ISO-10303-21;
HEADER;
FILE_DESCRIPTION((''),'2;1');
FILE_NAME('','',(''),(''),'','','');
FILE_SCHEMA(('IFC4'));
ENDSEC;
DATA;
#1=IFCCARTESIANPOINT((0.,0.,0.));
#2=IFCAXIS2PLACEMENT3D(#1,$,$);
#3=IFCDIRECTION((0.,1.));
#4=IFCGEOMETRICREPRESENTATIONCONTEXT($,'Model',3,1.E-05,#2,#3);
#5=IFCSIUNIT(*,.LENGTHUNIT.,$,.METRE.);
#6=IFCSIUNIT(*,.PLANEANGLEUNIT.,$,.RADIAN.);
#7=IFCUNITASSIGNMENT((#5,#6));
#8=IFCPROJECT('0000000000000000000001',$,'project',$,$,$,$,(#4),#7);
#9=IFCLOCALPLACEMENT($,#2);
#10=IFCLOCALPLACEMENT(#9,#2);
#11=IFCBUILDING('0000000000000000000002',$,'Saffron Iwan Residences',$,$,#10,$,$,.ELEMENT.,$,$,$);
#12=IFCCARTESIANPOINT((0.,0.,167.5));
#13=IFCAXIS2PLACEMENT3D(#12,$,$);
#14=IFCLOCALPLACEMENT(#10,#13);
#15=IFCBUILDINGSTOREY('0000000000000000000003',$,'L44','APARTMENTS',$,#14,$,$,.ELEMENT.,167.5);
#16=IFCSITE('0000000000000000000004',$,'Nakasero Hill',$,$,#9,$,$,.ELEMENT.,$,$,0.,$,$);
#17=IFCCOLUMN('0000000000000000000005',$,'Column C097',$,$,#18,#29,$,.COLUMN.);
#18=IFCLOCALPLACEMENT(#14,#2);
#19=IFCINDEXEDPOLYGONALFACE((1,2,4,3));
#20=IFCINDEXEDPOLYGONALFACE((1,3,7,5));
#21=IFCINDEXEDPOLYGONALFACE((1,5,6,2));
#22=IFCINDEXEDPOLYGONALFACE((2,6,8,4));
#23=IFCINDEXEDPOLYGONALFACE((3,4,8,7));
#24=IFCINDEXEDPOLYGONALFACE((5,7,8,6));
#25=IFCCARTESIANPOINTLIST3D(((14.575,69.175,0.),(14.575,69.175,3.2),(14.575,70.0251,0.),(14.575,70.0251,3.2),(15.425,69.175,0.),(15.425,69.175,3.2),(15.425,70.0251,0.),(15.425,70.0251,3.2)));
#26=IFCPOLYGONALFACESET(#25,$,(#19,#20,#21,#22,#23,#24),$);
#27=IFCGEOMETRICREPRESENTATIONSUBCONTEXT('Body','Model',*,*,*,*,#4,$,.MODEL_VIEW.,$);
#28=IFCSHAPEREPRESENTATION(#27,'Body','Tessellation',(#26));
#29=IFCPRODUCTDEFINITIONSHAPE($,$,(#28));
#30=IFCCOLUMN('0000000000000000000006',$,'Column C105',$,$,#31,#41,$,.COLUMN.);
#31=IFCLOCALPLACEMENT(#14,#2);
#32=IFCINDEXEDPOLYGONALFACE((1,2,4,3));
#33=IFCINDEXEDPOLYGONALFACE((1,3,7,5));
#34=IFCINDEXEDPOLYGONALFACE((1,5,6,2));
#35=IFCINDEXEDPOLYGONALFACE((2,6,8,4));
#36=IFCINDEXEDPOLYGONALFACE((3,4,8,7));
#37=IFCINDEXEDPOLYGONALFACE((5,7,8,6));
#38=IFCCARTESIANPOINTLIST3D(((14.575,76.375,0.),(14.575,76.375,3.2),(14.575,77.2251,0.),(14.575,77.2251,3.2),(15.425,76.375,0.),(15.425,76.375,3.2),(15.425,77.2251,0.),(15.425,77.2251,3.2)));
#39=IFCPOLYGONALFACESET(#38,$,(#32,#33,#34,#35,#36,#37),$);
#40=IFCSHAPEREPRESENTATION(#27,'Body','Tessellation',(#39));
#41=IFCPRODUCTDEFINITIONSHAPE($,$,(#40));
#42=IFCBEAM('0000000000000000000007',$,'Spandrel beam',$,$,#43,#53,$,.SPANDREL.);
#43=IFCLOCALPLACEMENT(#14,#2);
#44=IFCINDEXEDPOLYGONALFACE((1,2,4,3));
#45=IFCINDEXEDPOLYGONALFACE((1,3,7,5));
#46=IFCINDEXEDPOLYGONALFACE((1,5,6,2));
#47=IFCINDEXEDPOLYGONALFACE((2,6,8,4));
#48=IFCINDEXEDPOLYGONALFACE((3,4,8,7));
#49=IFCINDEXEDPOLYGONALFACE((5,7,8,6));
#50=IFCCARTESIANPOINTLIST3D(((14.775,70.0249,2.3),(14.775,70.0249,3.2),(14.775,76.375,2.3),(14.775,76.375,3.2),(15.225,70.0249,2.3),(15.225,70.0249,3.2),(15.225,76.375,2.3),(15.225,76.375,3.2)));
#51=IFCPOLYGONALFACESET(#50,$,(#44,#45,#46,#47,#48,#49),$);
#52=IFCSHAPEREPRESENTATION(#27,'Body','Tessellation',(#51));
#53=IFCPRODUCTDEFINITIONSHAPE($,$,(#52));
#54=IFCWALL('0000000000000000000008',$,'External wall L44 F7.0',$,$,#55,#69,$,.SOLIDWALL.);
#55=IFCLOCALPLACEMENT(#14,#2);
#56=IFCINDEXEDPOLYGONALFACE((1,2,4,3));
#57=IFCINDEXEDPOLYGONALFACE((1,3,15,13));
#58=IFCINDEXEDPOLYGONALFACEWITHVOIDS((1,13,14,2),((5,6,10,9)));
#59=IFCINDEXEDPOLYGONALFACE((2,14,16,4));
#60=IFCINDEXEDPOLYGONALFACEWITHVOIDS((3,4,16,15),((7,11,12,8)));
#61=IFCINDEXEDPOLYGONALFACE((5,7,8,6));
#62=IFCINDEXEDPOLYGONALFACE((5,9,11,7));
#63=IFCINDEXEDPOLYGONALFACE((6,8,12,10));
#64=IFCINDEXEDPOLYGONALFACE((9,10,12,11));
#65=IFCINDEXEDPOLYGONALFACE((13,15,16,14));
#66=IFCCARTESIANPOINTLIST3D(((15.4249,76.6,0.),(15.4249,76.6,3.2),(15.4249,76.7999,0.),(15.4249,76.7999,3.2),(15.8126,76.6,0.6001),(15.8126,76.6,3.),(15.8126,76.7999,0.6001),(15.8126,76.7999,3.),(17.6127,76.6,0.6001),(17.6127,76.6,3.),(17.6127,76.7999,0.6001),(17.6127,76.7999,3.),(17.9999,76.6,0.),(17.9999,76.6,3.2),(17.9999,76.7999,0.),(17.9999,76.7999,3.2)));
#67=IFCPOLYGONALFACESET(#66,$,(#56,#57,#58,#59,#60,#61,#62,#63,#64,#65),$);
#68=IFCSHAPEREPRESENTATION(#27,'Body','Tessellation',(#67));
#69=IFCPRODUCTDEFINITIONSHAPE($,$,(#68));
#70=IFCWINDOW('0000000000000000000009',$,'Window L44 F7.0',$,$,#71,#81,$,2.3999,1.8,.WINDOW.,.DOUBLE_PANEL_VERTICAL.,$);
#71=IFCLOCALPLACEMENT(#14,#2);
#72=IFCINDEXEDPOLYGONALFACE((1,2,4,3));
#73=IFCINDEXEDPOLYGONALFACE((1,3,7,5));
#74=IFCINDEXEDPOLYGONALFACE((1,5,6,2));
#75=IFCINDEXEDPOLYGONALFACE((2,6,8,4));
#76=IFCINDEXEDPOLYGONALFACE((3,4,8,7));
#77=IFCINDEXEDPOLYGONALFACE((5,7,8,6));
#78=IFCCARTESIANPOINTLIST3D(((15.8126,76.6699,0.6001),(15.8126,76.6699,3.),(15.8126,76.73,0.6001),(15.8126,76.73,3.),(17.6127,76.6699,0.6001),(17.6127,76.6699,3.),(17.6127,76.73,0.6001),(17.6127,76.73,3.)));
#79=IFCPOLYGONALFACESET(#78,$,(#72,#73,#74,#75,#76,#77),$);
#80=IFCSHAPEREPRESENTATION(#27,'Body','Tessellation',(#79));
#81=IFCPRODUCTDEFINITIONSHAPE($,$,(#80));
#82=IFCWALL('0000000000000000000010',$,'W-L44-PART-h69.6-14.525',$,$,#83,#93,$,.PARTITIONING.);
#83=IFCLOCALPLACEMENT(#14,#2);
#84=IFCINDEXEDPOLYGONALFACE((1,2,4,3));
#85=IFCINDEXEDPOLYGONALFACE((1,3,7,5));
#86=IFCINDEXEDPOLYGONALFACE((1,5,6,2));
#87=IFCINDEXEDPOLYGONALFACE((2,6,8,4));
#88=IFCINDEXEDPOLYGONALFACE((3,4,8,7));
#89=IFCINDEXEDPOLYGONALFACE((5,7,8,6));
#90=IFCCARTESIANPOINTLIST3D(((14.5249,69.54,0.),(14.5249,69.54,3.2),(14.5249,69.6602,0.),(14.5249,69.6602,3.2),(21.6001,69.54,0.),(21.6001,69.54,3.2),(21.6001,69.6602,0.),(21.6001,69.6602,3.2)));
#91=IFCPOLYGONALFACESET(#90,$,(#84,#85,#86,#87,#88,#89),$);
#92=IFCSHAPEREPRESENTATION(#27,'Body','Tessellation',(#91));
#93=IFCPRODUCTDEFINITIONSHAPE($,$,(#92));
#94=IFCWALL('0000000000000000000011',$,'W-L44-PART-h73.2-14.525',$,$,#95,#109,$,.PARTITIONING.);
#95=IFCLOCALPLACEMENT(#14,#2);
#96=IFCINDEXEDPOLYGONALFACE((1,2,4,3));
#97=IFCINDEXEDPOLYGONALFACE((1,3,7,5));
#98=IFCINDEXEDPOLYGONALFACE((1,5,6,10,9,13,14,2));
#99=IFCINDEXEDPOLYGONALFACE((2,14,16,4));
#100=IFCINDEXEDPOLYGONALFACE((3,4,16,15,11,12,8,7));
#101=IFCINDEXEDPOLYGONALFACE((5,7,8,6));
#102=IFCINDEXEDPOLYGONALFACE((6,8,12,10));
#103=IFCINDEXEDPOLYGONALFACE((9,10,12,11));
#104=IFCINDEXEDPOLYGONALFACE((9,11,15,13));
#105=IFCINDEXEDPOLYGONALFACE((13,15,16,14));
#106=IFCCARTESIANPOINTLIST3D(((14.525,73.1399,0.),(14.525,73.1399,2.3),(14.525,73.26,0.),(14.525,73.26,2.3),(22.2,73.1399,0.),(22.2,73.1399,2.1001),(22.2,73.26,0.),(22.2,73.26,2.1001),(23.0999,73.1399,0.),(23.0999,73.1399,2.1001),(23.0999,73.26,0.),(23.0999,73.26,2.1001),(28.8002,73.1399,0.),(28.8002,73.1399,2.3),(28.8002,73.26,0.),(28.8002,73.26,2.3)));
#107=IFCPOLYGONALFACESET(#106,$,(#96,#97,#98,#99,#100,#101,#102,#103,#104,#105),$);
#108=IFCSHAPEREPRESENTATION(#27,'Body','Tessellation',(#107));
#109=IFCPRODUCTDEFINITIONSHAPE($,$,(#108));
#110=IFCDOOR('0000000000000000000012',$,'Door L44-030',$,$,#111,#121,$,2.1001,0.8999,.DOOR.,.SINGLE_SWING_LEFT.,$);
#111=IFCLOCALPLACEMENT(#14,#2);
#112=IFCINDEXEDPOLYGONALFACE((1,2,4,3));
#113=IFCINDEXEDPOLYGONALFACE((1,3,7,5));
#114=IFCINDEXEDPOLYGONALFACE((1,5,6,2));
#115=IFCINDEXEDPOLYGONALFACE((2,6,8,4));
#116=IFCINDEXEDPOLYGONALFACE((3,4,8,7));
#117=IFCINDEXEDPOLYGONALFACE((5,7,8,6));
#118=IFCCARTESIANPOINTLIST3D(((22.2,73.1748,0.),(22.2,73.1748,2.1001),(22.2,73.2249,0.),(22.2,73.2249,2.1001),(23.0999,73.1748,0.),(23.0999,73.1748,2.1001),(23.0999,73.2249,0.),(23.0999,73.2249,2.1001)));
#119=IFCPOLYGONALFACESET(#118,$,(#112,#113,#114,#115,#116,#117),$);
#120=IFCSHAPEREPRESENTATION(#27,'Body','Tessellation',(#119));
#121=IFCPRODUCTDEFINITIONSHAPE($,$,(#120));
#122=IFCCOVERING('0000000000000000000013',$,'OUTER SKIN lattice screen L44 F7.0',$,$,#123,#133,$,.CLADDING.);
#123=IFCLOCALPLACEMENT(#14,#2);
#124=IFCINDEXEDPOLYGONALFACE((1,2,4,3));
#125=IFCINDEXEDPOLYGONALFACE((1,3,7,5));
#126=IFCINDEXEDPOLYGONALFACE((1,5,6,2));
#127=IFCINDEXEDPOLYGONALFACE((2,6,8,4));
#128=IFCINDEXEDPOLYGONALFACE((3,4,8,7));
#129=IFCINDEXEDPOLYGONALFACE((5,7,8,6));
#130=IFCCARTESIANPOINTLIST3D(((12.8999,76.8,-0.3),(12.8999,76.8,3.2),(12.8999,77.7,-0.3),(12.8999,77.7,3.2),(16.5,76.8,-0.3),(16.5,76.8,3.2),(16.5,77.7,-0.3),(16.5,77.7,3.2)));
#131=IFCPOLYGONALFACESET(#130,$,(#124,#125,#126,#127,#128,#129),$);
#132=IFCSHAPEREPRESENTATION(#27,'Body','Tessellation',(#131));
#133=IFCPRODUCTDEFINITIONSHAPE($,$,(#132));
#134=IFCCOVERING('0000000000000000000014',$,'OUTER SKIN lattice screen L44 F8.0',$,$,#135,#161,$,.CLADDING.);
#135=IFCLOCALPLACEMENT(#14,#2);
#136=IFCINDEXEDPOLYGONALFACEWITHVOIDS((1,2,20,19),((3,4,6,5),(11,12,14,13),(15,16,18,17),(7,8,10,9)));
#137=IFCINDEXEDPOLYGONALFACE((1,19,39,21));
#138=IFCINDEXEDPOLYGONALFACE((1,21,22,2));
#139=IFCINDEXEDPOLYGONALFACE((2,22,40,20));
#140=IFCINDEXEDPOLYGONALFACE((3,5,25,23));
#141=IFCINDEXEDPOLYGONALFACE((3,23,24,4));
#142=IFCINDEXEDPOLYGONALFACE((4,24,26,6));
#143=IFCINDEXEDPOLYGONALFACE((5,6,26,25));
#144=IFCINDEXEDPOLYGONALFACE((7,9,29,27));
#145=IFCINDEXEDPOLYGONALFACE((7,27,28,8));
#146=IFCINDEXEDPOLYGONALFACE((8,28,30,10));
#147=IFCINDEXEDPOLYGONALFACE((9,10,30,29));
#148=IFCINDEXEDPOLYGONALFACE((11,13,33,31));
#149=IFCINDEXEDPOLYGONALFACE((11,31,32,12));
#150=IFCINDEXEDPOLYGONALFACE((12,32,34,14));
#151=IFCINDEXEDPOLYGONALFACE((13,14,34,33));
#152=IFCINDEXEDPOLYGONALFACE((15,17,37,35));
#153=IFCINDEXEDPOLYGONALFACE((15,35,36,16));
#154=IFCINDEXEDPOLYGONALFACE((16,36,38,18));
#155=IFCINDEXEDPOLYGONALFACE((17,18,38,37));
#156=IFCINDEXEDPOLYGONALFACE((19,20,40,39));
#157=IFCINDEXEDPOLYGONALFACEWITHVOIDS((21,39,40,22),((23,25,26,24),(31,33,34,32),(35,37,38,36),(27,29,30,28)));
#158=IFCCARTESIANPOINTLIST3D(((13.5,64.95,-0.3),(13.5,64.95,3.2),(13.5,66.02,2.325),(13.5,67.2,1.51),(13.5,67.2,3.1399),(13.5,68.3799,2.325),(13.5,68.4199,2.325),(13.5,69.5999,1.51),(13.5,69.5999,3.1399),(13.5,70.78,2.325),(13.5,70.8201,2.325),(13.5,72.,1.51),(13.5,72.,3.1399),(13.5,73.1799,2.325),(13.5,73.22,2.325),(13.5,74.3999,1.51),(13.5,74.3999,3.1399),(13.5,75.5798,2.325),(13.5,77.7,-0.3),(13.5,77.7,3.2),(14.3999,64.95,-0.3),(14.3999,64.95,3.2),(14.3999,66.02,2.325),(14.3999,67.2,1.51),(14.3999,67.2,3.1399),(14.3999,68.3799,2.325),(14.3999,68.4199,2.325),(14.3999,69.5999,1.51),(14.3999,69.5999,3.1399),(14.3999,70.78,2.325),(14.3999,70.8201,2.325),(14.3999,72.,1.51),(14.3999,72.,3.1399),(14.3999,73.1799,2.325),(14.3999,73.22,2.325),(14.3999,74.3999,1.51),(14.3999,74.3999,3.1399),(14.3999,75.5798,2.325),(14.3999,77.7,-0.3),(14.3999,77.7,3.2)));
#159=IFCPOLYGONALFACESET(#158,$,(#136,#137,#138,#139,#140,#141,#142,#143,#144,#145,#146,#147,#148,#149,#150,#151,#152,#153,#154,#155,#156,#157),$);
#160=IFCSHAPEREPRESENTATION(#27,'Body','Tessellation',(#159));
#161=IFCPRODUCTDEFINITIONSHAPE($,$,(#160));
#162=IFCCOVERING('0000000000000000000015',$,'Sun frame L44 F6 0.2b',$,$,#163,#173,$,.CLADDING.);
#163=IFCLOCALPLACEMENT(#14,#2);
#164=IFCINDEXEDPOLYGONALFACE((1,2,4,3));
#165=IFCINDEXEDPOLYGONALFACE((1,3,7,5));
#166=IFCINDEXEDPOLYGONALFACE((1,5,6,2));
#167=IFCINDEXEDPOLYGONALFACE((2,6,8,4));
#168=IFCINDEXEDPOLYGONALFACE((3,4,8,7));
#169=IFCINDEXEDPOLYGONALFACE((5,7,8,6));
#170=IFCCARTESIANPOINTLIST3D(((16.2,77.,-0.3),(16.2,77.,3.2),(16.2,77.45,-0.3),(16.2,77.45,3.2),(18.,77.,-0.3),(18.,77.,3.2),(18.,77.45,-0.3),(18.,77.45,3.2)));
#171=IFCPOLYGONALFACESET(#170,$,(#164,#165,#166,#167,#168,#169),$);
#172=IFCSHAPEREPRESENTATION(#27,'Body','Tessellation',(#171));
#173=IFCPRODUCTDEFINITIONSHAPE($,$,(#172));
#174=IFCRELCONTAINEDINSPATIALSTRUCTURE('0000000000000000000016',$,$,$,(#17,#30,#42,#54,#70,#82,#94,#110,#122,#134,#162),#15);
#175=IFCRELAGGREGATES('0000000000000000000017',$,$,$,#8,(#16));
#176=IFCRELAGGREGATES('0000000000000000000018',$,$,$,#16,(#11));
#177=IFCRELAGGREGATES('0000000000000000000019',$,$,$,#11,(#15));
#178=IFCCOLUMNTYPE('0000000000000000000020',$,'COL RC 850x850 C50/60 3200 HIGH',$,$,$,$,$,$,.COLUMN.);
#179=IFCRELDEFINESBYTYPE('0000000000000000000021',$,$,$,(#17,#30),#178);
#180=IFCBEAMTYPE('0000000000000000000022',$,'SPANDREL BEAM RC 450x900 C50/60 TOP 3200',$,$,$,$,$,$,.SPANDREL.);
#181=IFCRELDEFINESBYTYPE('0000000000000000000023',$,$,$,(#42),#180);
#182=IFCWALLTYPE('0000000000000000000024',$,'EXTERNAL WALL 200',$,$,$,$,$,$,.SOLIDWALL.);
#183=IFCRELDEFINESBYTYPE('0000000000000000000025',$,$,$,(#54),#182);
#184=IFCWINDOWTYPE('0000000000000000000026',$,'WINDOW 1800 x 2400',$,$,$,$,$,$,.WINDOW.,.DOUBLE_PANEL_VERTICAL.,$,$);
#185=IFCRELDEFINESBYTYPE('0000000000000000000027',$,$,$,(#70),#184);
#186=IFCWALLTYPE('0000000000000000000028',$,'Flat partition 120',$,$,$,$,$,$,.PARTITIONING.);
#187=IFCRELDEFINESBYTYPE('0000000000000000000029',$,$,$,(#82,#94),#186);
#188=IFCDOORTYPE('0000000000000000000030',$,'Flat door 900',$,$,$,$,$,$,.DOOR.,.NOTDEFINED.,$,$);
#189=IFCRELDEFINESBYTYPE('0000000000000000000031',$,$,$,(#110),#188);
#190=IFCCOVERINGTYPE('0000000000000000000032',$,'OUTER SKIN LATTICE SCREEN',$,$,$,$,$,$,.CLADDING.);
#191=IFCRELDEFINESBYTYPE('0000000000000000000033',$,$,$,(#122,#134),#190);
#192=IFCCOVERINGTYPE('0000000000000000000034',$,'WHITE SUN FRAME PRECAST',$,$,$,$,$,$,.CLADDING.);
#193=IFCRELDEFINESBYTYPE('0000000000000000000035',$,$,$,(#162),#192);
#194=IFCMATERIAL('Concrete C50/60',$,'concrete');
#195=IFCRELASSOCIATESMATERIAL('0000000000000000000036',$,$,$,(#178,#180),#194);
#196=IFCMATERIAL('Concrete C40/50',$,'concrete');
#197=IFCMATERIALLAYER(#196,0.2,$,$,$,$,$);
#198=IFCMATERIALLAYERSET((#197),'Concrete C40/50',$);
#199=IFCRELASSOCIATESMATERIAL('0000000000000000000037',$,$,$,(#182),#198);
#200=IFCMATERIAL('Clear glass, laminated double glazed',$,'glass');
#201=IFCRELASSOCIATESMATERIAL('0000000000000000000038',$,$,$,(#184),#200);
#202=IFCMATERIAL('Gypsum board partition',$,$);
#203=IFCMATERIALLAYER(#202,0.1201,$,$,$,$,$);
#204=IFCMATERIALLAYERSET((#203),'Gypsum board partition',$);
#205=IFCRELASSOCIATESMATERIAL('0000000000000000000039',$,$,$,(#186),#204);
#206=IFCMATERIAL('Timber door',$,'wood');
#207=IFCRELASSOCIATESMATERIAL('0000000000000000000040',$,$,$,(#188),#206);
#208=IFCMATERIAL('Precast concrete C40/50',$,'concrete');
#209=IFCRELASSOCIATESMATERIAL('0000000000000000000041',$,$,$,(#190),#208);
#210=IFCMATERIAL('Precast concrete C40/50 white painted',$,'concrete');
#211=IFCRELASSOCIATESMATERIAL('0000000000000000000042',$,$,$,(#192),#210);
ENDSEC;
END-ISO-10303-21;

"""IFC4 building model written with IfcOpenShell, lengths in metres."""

from ifc_helpers import new_model, si_unit, direction, frame, frame_2d, origin, origin_2d, place, context, subcontext, project, spatial, polyline, rectangle, outline, extrude, source, transform, mapped, material, layer, layer_set, material_profile, profile_set, type_object, element, fill, save


model = new_model("IFC4")

# Units and contexts
model_context = context("Model", 3, precision=1e-05, world=origin(), true_north=direction((0.0, 1.0)))
body_context = subcontext(model_context, "Body", "Model", "MODEL_VIEW")
ifc_project = project(units=[si_unit("LENGTHUNIT", "METRE"), si_unit("PLANEANGLEUNIT", "RADIAN")], contexts=[model_context])

# Site, building, storey
site_placement = place(None, origin())
site = spatial("IfcSite", under=ifc_project, at=site_placement, Name="Nakasero Hill", CompositionType="ELEMENT", RefElevation=0.0)
building_placement = place(site_placement, origin())
building = spatial("IfcBuilding", under=site, at=building_placement, Name="Saffron Iwan Residences", CompositionType="ELEMENT")
storey_placement = place(building_placement, frame((0.0, 0.0, 167.5)))
storey = spatial("IfcBuildingStorey", under=building, at=storey_placement, Name="L44", Description="APARTMENTS", CompositionType="ELEMENT", Elevation=167.5)

# Columns
ifc_material_1 = material(Name="Concrete C50/60", Category="concrete")
ifc_material_profile_1 = material_profile(ifc_material_1, rectangle(XDim=0.8501, YDim=0.8501, at=origin_2d()), Name="RC 850x850")
ifc_profile_set_1 = profile_set([ifc_material_profile_1], Name="Concrete C50/60")
column_type = type_object("IfcColumnType", Name="COL RC 850x850 C50/60 3200 HIGH", PredefinedType="COLUMN", material=ifc_profile_set_1)
shared_shape_1 = source(origin(), body_context, "Body", "SweptSolid", [
    extrude(rectangle(XDim=0.8501, YDim=0.8501, at=origin_2d()), origin(), (0.0, 0.0, 1.0), 3.2),
])
for number, where, z_axis, x_axis, name in (
    (1, (15.0, 69.6001, 0.0), (0.0, 0.0, 1.0), (1.0, 0.0, 0.0), "Column C097"),
    (2, (15.0, 76.8, 0.0), (0.0, 0.0, 1.0), (1.0, 0.0, 0.0), "Column C105"),
):
    element("IfcColumn", number, at=place(storey_placement, frame(where, z_axis=z_axis, x_axis=x_axis)), inside=storey, type_object=column_type, Name=name, PredefinedType="COLUMN", context=body_context, shape_type="MappedRepresentation", body=[
        mapped(shared_shape_1, transform((0.0, 0.0, 0.0))),
    ])

# Beam
ifc_material_profile_2 = material_profile(ifc_material_1, rectangle(XDim=0.45, YDim=0.8999, at=origin_2d()), Name="RC 450x900")
ifc_profile_set_2 = profile_set([ifc_material_profile_2], Name="Concrete C50/60")
beam_type = type_object("IfcBeamType", Name="SPANDREL BEAM RC 450x900 C50/60 TOP 3200", PredefinedType="SPANDREL", material=ifc_profile_set_2)
shared_shape_2 = source(origin(), body_context, "Body", "SweptSolid", [
    extrude(rectangle(XDim=0.45, YDim=0.8999, at=origin_2d()), origin(), (0.0, 0.0, 1.0), 6.3501),
])
beam_placement = place(storey_placement, frame((15.0, 70.0249, 2.75), z_axis=(0.0, 1.0, 0.0), x_axis=(-1.0, 0.0, 0.0)))
element("IfcBeam", 3, at=beam_placement, inside=storey, type_object=beam_type, Name="Spandrel beam", PredefinedType="SPANDREL", context=body_context, shape_type="MappedRepresentation", body=[
    mapped(shared_shape_2, transform((0.0, 0.0, 0.0))),
])

# Wall, opening, window
ifc_material_2 = material(Name="Concrete C40/50", Category="concrete")
ifc_layer_1 = layer(ifc_material_2, 0.2)
ifc_layer_set_1 = layer_set([ifc_layer_1], Name="Concrete C40/50")
wall_type_1 = type_object("IfcWallType", Name="EXTERNAL WALL 200", PredefinedType="SOLIDWALL", material=ifc_layer_set_1)
wall_1_placement = place(storey_placement, frame((18.0, 76.7, 0.0), z_axis=(0.0, 0.0, 1.0), x_axis=(-1.0, 0.0, 0.0)))
wall_1 = element("IfcWall", 4, at=wall_1_placement, inside=storey, type_object=wall_type_1, Name="External wall L44 F7.0", PredefinedType="SOLIDWALL", context=body_context, shape_type="SweptSolid", body=[
    extrude(rectangle(XDim=2.575, YDim=0.2, at=frame_2d((1.2876, 0.0))), origin(), (0.0, 0.0, 1.0), 3.2),
])
opening_1_placement = place(wall_1_placement, frame((0.3875, 0.0, 0.6001)))
opening_1 = element("IfcOpeningElement", 5, at=opening_1_placement, cuts=wall_1, PredefinedType="OPENING", context=body_context, shape_type="SweptSolid", body=[
    extrude(rectangle(XDim=1.8, YDim=2.3999, at=frame_2d((0.8999, 1.2))), frame((0.0, 0.1099, 0.0), z_axis=(0.0, -1.0, 0.0), x_axis=(1.0, 0.0, 0.0)), (0.0, 0.0, 1.0), 0.22),
])
ifc_material_3 = material(Name="Clear glass, laminated double glazed", Category="glass")
window_type_1 = type_object("IfcWindowType", Name="WINDOW 1800 x 2400", PartitioningType="DOUBLE_PANEL_VERTICAL", PredefinedType="WINDOW", material=ifc_material_3)
window_1_placement = place(opening_1_placement, origin())
window_1 = element("IfcWindow", 6, at=window_1_placement, inside=storey, type_object=window_type_1, Name="Window L44 F7.0", OverallHeight=2.3999, OverallWidth=1.8, PartitioningType="DOUBLE_PANEL_VERTICAL", PredefinedType="WINDOW", context=body_context, shape_type="SweptSolid", body=[
    extrude(rectangle(XDim=1.8, YDim=2.3999, at=frame_2d((0.8999, 1.2))), frame((0.0, 0.03, 0.0), z_axis=(0.0, -1.0, 0.0), x_axis=(1.0, 0.0, 0.0)), (0.0, 0.0, 1.0), 0.0601),
])
fill(opening_1, window_1)

# Wall
ifc_material_4 = material(Name="Gypsum board partition")
ifc_layer_2 = layer(ifc_material_4, 0.1201)
ifc_layer_set_2 = layer_set([ifc_layer_2], Name="Gypsum board partition")
wall_type_2 = type_object("IfcWallType", Name="Flat partition 120", PredefinedType="PARTITIONING", material=ifc_layer_set_2)
wall_2_placement = place(storey_placement, frame((14.5249, 69.6001, 0.0), z_axis=(0.0, 0.0, 1.0), x_axis=(1.0, 0.0, 0.0)))
element("IfcWall", 7, at=wall_2_placement, inside=storey, type_object=wall_type_2, Name="W-L44-PART-h69.6-14.525", PredefinedType="PARTITIONING", context=body_context, shape_type="SweptSolid", body=[
    extrude(rectangle(XDim=7.0752, YDim=0.1201, at=frame_2d((3.5376, 0.0))), origin(), (0.0, 0.0, 1.0), 3.2),
])

# Wall, opening, door
wall_3_placement = place(storey_placement, frame((14.5249, 73.2, 0.0), z_axis=(0.0, 0.0, 1.0), x_axis=(1.0, 0.0, 0.0)))
wall_3 = element("IfcWall", 8, at=wall_3_placement, inside=storey, type_object=wall_type_2, Name="W-L44-PART-h73.2-14.525", PredefinedType="PARTITIONING", context=body_context, shape_type="SweptSolid", body=[
    extrude(rectangle(XDim=14.2751, YDim=0.1201, at=frame_2d((7.1377, 0.0))), origin(), (0.0, 0.0, 1.0), 2.3),
])
opening_2_placement = place(wall_3_placement, frame((7.675, 0.0, 0.0)))
opening_2 = element("IfcOpeningElement", 9, at=opening_2_placement, cuts=wall_3, PredefinedType="OPENING", context=body_context, shape_type="SweptSolid", body=[
    extrude(rectangle(XDim=0.8999, YDim=2.1001, at=frame_2d((0.45, 1.05))), frame((0.0, 0.0701, 0.0), z_axis=(0.0, -1.0, 0.0), x_axis=(1.0, 0.0, 0.0)), (0.0, 0.0, 1.0), 0.1401),
])
ifc_material_5 = material(Name="Timber door", Category="wood")
door_type_1 = type_object("IfcDoorType", Name="Flat door 900", OperationType="NOTDEFINED", PredefinedType="DOOR", material=ifc_material_5)
door_1_placement = place(opening_2_placement, origin())
door_1 = element("IfcDoor", 10, at=door_1_placement, inside=storey, type_object=door_type_1, Name="Door L44-030", OperationType="SINGLE_SWING_LEFT", OverallHeight=2.1001, OverallWidth=0.8999, PredefinedType="DOOR", context=body_context, shape_type="SweptSolid", body=[
    extrude(rectangle(XDim=0.8999, YDim=2.1001, at=frame_2d((0.45, 1.05))), frame((0.0, 0.0249, 0.0), z_axis=(0.0, -1.0, 0.0), x_axis=(1.0, 0.0, 0.0)), (0.0, 0.0, 1.0), 0.05),
])
fill(opening_2, door_1)

# Coverings
ifc_material_6 = material(Name="Precast concrete C40/50", Category="concrete")
covering_type_1 = type_object("IfcCoveringType", Name="OUTER SKIN LATTICE SCREEN", PredefinedType="CLADDING", material=ifc_material_6)
covering_1_placement = place(storey_placement, frame((16.5, 76.8, -0.3), z_axis=(0.0, 1.0, 0.0), x_axis=(-1.0, 0.0, 0.0)))
element("IfcCovering", 11, at=covering_1_placement, inside=storey, type_object=covering_type_1, Name="OUTER SKIN lattice screen L44 F7.0", PredefinedType="CLADDING", context=body_context, shape_type="SweptSolid", body=[
    extrude(outline(polyline([(0.0, 0.0), (3.6001, 0.0), (3.6001, 3.5), (0.0, 3.5), (0.0, 0.0)])), origin(), (0.0, 0.0, 1.0), 0.8999),
])
covering_2_placement = place(storey_placement, frame((14.3999, 77.7, -0.3), z_axis=(-1.0, 0.0, 0.0), x_axis=(0.0, -1.0, 0.0)))
element("IfcCovering", 12, at=covering_2_placement, inside=storey, type_object=covering_type_1, Name="OUTER SKIN lattice screen L44 F8.0", PredefinedType="CLADDING", context=body_context, shape_type="SweptSolid", body=[
    extrude(outline(polyline([(0.0, 0.0), (12.75, 0.0), (12.75, 3.5), (0.0, 3.5), (0.0, 0.0)]), holes=[polyline([(2.1201, 2.625), (3.3, 1.8101), (4.48, 2.625), (3.3, 3.4399), (2.1201, 2.625)]), polyline([(4.52, 2.625), (5.7, 1.8101), (6.8799, 2.625), (5.7, 3.4399), (4.52, 2.625)]), polyline([(6.9199, 2.625), (8.1001, 1.8101), (9.28, 2.625), (8.1001, 3.4399), (6.9199, 2.625)]), polyline([(9.3201, 2.625), (10.5, 1.8101), (11.6799, 2.625), (10.5, 3.4399), (9.3201, 2.625)])]), origin(), (0.0, 0.0, 1.0), 0.8999),
])
ifc_material_7 = material(Name="Precast concrete C40/50 white painted", Category="concrete")
covering_type_2 = type_object("IfcCoveringType", Name="WHITE SUN FRAME PRECAST", PredefinedType="CLADDING", material=ifc_material_7)
covering_3_placement = place(storey_placement, frame((18.0, 77.45, -0.3), z_axis=(-1.0, 0.0, 0.0), x_axis=(0.0, -1.0, 0.0)))
element("IfcCovering", 13, at=covering_3_placement, inside=storey, type_object=covering_type_2, Name="Sun frame L44 F6 0.2b", PredefinedType="CLADDING", context=body_context, shape_type="SweptSolid", body=[
    extrude(outline(polyline([(0.0, 0.0), (0.45, 0.0), (0.45, 3.5), (0.0, 3.5), (0.0, 0.0)])), origin(), (0.0, 0.0, 1.0), 1.8),
])

save(model, "model.ifc")
